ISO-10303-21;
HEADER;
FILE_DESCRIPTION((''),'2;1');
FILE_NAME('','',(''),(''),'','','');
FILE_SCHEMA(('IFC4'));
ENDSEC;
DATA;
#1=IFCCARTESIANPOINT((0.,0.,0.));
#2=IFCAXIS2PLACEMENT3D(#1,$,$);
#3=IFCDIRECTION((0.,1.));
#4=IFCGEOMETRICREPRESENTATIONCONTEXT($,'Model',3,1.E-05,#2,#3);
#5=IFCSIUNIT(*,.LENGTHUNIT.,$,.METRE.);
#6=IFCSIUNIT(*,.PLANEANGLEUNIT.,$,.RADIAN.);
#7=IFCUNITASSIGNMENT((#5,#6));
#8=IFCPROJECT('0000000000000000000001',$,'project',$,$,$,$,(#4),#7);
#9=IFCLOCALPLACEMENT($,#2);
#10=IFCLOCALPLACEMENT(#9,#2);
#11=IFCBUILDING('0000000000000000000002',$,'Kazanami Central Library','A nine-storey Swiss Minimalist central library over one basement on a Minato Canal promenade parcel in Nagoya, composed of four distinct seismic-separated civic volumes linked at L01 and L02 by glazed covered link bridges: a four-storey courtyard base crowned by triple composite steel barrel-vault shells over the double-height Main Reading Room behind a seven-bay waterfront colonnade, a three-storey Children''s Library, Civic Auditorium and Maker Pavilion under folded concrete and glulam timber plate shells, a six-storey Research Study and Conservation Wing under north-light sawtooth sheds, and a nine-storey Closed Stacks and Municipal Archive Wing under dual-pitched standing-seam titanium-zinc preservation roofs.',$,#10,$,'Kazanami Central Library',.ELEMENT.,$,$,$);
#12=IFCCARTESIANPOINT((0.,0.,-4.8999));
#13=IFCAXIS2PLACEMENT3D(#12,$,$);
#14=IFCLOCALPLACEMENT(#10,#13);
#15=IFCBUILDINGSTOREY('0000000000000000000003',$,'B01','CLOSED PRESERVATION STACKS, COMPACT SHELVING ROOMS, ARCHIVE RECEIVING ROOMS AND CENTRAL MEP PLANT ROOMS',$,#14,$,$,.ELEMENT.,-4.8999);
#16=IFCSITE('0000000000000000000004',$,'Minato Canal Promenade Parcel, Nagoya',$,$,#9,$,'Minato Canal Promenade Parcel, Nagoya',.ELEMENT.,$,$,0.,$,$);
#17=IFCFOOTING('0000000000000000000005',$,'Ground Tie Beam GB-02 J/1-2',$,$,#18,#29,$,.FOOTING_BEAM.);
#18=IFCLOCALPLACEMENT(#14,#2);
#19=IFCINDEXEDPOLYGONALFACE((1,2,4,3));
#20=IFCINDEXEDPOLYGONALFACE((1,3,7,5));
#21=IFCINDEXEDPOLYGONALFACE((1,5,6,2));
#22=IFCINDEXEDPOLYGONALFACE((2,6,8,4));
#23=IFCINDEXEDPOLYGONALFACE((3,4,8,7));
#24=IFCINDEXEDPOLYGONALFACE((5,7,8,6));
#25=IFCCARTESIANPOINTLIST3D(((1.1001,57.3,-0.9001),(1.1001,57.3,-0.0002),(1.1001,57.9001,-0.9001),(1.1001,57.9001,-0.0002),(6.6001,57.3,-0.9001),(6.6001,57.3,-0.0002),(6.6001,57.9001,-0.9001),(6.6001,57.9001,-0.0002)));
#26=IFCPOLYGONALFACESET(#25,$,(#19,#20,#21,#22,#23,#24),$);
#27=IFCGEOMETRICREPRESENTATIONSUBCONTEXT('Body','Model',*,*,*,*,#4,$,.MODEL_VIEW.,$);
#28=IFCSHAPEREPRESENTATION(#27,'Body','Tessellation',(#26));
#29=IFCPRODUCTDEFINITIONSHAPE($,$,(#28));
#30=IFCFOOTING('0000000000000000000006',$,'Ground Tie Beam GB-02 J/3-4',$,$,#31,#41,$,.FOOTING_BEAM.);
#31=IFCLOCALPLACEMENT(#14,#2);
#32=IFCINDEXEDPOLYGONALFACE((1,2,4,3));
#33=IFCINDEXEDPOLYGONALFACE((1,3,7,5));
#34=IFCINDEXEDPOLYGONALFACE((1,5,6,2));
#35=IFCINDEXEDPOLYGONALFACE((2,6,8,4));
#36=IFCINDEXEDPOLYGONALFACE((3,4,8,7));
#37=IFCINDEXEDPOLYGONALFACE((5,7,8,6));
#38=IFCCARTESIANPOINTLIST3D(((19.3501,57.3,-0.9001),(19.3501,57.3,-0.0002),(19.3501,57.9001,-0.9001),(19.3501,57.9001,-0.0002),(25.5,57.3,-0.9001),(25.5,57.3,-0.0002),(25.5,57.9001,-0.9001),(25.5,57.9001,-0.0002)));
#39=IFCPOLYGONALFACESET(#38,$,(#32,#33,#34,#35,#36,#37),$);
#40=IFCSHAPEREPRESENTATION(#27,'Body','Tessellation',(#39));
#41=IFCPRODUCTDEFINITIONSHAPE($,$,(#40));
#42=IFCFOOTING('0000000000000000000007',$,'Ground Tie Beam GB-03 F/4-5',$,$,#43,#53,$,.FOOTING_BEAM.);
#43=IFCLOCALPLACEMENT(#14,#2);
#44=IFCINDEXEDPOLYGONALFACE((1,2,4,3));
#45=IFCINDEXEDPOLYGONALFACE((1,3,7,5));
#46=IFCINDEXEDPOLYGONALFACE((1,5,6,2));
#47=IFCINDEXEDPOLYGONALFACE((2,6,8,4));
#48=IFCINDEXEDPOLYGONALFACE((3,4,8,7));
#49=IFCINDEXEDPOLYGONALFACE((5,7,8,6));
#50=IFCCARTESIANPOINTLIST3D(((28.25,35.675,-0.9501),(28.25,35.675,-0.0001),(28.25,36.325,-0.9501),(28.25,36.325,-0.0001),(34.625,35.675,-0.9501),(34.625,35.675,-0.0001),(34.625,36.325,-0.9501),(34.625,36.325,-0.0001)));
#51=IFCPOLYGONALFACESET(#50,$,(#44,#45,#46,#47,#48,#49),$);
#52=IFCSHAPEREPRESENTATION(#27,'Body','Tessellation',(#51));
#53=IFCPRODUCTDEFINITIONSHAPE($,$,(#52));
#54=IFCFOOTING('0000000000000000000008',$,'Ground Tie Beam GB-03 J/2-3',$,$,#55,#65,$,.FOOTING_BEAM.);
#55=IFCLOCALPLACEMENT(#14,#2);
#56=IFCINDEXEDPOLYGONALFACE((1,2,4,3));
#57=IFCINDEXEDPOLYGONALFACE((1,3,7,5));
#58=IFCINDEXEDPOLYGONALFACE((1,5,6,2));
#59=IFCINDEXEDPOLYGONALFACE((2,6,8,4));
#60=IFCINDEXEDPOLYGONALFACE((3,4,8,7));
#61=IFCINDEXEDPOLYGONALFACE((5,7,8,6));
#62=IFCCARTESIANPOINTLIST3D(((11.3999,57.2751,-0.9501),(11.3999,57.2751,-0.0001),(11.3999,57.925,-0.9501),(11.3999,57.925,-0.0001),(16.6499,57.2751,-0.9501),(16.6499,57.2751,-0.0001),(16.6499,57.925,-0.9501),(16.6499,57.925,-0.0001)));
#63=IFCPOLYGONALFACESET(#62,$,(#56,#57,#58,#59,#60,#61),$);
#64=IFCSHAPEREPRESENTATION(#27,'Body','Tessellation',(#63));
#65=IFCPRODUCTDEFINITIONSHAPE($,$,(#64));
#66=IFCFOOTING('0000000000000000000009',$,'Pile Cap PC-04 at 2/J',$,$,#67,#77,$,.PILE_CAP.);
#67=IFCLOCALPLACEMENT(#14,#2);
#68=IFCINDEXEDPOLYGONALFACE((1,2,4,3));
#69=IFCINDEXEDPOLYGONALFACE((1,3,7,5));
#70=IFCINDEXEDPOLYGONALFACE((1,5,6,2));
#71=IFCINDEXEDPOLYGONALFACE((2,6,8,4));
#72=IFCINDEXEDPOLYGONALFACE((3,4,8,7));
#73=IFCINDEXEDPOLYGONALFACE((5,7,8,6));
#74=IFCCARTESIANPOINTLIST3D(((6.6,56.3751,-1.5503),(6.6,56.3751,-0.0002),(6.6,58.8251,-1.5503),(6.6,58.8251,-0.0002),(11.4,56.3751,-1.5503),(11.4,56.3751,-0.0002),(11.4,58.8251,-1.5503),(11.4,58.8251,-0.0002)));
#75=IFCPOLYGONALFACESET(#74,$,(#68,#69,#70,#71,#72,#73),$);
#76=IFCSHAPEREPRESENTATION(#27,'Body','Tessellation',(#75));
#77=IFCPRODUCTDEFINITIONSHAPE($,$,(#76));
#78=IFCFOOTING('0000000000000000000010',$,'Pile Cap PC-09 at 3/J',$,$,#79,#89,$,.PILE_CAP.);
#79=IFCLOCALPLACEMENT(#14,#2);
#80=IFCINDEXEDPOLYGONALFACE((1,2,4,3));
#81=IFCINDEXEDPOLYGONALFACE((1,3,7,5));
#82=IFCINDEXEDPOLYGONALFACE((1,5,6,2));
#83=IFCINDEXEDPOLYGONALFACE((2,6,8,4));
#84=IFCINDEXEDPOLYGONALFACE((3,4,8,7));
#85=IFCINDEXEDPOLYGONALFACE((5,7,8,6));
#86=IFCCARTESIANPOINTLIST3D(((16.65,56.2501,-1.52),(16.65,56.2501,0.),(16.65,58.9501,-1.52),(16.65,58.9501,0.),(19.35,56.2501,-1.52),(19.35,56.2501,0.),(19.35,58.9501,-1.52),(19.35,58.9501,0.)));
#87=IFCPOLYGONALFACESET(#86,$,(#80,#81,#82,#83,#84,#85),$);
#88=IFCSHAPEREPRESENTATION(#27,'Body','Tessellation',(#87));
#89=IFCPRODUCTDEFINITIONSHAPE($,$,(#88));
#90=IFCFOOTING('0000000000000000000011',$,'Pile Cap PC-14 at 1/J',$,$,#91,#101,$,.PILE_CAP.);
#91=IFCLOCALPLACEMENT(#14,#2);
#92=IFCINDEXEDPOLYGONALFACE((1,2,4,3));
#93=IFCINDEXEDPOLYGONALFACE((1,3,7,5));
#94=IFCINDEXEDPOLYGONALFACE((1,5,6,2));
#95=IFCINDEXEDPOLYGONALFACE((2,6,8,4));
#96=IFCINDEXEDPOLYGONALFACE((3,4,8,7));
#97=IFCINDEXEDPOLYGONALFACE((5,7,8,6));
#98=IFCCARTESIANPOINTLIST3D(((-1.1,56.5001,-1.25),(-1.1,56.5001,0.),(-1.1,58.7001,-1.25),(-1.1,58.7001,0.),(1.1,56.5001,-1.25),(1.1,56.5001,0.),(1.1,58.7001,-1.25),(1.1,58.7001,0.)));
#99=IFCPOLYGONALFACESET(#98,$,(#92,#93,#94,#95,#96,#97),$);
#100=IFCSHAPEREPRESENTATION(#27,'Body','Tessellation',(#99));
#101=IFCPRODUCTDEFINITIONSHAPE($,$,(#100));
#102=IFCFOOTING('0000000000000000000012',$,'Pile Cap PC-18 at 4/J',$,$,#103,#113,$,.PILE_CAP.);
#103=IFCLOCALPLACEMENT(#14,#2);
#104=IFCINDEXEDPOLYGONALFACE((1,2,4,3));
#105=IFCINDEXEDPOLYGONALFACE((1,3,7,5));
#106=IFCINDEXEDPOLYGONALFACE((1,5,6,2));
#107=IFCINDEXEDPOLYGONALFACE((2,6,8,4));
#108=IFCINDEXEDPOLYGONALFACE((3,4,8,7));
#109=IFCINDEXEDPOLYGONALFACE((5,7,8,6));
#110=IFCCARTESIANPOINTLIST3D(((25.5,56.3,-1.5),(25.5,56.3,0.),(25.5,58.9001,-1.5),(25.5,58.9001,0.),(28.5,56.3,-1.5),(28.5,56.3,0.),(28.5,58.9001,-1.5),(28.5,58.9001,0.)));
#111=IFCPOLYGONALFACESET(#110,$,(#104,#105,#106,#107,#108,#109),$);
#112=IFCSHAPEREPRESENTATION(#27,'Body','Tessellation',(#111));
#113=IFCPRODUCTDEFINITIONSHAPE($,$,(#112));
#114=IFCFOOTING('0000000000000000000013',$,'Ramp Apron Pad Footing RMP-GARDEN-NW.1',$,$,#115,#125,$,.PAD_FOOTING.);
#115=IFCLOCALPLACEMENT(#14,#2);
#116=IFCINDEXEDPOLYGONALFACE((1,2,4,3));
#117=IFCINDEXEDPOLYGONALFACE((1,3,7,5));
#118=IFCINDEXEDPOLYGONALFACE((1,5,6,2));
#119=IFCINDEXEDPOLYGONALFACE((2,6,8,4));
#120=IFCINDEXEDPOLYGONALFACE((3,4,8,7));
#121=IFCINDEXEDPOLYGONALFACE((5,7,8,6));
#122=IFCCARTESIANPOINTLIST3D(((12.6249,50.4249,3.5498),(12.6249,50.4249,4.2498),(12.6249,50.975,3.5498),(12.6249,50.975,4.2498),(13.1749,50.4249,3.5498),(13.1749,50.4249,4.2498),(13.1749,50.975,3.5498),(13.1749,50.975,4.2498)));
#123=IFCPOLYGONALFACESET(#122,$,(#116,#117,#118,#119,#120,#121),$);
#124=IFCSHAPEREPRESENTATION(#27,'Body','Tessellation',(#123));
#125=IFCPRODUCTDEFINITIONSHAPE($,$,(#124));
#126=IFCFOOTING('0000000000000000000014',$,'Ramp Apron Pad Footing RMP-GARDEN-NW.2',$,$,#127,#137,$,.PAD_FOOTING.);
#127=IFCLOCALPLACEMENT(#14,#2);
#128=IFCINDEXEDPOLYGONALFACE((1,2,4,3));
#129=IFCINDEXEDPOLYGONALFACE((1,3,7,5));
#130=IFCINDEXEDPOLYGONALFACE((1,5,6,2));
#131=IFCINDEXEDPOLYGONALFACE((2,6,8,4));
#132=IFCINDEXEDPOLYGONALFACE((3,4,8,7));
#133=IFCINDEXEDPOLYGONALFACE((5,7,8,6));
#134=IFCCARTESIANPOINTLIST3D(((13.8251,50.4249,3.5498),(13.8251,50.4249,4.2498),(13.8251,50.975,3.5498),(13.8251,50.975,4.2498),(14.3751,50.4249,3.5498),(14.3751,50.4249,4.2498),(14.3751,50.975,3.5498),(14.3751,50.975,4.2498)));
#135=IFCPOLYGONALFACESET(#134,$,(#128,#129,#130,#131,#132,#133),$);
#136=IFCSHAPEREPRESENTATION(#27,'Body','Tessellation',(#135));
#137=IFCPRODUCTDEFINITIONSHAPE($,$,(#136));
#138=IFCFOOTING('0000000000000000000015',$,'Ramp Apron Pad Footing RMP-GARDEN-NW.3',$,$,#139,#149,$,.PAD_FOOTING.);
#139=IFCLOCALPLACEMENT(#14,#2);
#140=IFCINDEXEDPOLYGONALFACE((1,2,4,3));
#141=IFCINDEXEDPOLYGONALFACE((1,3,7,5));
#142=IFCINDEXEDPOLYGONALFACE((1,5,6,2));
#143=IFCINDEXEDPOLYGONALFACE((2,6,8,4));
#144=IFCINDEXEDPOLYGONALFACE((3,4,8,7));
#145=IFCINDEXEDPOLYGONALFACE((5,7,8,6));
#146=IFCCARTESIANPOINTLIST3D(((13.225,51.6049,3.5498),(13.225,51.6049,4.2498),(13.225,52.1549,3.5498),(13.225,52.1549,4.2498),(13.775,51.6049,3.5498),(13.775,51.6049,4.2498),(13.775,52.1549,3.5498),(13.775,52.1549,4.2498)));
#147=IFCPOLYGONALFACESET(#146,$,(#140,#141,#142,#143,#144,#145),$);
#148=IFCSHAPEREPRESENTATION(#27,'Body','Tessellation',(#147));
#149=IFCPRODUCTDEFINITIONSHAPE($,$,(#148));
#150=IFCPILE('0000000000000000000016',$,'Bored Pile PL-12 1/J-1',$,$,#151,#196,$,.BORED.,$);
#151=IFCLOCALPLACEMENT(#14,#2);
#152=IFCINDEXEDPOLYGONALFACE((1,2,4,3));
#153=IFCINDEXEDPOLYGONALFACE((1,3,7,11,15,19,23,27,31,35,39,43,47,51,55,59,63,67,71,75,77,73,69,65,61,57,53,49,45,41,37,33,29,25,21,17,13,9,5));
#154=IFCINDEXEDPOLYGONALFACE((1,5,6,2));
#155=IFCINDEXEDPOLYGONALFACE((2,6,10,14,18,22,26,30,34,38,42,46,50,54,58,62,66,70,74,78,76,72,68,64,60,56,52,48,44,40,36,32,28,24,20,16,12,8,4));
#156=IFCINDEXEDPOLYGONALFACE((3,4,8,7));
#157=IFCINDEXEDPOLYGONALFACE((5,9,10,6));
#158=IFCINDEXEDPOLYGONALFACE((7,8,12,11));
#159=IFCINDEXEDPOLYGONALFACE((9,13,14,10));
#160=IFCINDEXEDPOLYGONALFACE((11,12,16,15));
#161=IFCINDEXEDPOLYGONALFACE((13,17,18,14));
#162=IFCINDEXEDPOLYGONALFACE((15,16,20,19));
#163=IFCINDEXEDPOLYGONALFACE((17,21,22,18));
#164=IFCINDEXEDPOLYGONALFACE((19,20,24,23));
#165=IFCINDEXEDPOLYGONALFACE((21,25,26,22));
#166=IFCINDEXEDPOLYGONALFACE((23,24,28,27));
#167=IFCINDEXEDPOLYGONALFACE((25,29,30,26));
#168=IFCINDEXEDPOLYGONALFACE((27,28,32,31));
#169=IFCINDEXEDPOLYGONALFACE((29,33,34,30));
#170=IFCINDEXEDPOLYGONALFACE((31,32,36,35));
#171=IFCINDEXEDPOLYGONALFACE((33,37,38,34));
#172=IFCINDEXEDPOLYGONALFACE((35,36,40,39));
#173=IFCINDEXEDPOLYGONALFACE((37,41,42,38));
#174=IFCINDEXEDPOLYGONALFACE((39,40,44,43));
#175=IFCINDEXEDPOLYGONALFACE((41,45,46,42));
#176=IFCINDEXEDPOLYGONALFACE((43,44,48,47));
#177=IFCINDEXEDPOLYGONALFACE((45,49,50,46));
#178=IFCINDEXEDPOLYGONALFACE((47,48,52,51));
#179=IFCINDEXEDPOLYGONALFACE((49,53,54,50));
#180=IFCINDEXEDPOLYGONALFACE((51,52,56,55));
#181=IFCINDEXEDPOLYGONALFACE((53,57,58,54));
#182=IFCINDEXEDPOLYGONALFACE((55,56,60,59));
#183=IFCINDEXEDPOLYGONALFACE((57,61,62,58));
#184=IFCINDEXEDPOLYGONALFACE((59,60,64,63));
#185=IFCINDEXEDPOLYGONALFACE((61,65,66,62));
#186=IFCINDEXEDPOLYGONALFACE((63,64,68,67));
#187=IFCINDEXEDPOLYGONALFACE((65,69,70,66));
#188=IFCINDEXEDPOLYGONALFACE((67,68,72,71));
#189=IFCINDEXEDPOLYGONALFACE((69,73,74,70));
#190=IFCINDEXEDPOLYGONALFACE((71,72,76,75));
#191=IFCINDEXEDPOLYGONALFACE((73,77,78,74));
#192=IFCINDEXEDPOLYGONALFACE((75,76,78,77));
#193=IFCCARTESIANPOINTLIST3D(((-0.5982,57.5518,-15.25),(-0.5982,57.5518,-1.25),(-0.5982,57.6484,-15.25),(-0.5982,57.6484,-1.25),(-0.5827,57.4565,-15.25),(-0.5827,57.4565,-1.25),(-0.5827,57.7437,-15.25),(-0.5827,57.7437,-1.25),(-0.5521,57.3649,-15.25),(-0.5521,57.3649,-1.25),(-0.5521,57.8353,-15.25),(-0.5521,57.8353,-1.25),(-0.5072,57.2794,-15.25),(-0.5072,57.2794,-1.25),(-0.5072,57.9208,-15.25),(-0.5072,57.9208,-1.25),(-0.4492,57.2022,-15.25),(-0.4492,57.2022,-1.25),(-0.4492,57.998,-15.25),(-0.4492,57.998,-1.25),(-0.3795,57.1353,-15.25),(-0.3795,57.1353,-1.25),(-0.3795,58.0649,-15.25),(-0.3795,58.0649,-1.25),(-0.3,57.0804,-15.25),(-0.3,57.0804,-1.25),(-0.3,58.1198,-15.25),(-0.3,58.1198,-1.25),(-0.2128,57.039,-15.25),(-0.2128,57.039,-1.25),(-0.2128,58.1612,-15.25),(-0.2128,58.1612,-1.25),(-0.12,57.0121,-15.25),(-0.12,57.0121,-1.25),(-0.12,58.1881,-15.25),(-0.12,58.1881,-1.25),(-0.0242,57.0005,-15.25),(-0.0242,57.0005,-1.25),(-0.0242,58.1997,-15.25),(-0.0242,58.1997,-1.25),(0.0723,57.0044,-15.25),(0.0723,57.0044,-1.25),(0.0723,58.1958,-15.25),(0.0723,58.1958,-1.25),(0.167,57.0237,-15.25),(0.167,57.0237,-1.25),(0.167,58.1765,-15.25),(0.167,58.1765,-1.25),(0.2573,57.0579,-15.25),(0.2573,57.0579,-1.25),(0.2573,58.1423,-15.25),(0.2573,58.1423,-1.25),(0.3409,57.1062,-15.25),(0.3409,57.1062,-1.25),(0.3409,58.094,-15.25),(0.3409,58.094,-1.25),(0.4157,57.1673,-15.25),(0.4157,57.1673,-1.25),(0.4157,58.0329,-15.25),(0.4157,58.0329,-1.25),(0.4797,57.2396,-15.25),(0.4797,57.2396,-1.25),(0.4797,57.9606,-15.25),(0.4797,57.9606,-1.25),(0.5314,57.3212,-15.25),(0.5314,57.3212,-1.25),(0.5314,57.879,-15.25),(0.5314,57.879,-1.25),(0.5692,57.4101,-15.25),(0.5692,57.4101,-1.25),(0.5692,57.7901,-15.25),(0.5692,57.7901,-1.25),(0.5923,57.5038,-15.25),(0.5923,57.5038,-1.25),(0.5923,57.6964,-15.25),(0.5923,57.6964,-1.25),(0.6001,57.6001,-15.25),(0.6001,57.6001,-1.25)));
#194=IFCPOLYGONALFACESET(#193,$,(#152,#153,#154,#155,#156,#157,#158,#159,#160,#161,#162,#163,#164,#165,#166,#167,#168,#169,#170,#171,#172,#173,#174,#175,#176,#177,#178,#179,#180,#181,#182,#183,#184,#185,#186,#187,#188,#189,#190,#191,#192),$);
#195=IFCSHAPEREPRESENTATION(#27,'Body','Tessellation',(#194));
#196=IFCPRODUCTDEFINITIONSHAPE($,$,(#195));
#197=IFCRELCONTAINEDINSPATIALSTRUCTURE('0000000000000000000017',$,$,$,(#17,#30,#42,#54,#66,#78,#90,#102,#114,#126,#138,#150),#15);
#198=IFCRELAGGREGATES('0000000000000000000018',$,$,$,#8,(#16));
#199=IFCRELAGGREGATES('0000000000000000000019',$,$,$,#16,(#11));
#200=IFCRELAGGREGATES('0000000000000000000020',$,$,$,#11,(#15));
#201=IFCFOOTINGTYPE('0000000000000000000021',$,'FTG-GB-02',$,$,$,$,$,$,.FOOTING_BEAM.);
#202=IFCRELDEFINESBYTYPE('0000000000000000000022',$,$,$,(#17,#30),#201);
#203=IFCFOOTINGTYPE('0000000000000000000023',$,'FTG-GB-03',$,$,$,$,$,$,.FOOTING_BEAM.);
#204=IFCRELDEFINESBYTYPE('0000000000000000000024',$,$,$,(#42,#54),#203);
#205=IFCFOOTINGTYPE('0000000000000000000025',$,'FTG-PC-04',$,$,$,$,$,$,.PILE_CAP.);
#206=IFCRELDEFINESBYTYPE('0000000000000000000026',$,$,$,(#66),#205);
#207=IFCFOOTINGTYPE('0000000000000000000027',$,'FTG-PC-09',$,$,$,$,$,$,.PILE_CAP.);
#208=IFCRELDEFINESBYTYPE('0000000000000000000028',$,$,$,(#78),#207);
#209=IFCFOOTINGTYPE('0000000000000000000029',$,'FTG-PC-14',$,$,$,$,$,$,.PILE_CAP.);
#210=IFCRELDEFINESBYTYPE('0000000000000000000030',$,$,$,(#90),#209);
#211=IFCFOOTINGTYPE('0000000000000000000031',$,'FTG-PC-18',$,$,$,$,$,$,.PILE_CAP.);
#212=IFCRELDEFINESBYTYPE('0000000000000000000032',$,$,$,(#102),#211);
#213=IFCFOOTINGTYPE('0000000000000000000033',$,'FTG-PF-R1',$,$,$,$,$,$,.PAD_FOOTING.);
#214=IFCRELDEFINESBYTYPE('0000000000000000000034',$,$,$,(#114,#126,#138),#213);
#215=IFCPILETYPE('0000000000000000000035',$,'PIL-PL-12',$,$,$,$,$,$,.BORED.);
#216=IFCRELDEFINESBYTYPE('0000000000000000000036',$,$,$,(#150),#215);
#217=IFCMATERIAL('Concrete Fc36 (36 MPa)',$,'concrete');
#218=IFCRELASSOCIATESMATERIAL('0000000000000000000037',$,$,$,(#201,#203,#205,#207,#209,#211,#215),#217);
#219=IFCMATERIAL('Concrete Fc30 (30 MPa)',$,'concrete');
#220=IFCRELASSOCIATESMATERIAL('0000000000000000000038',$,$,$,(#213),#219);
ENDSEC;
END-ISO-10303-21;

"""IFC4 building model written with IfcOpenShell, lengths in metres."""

from ifc_helpers import new_model, si_unit, direction, frame, origin, origin_2d, place, context, subcontext, project, spatial, rectangle, circle, extrude, material, material_profile, profile_set, type_object, element, save


model = new_model("IFC4")

# Units and contexts
model_context = context("Model", 3, precision=1e-05, world=origin(), true_north=direction((0.0, 1.0)))
body_context = subcontext(model_context, "Body", "Model", "MODEL_VIEW")
ifc_project = project(units=[si_unit("LENGTHUNIT", "METRE"), si_unit("PLANEANGLEUNIT", "RADIAN")], contexts=[model_context])

# Site, building, storey
site_placement = place(None, origin())
site = spatial("IfcSite", under=ifc_project, at=site_placement, Name="Minato Canal Promenade Parcel, Nagoya", LongName="Minato Canal Promenade Parcel, Nagoya", CompositionType="ELEMENT", RefElevation=0.0)
building_placement = place(site_placement, origin())
building = spatial("IfcBuilding", under=site, at=building_placement, Name="Kazanami Central Library", Description="A nine-storey Swiss Minimalist central library over one basement on a Minato Canal promenade parcel in Nagoya, composed of four distinct seismic-separated civic volumes linked at L01 and L02 by glazed covered link bridges: a four-storey courtyard base crowned by triple composite steel barrel-vault shells over the double-height Main Reading Room behind a seven-bay waterfront colonnade, a three-storey Children's Library, Civic Auditorium and Maker Pavilion under folded concrete and glulam timber plate shells, a six-storey Research Study and Conservation Wing under north-light sawtooth sheds, and a nine-storey Closed Stacks and Municipal Archive Wing under dual-pitched standing-seam titanium-zinc preservation roofs.", LongName="Kazanami Central Library", CompositionType="ELEMENT")
storey_placement = place(building_placement, frame((0.0, 0.0, -4.8999)))
storey = spatial("IfcBuildingStorey", under=building, at=storey_placement, Name="B01", Description="CLOSED PRESERVATION STACKS, COMPACT SHELVING ROOMS, ARCHIVE RECEIVING ROOMS AND CENTRAL MEP PLANT ROOMS", CompositionType="ELEMENT", Elevation=-4.8999)

# Footings
ifc_material_1 = material(Name="Concrete Fc36 (36 MPa)", Category="concrete")
ifc_material_profile_1 = material_profile(ifc_material_1, rectangle(XDim=0.6001, YDim=0.8999, at=origin_2d()), Name="RC-600x900")
ifc_profile_set_1 = profile_set([ifc_material_profile_1], Name="Concrete Fc36 (36 MPa)")
footing_type_1 = type_object("IfcFootingType", Name="FTG-GB-02", PredefinedType="FOOTING_BEAM", material=ifc_profile_set_1)
footing_1_placement = place(storey_placement, frame((1.1001, 57.6001, -0.4502), z_axis=(1.0, 0.0, 0.0), x_axis=(0.0, 1.0, 0.0)))
element("IfcFooting", 1, at=footing_1_placement, inside=storey, type_object=footing_type_1, Name="Ground Tie Beam GB-02 J/1-2", PredefinedType="FOOTING_BEAM", context=body_context, shape_type="SweptSolid", body=[
    extrude(rectangle(XDim=0.6001, YDim=0.8999, at=origin_2d()), origin(), (0.0, 0.0, 1.0), 5.5),
])
footing_2_placement = place(storey_placement, frame((19.3501, 57.6001, -0.4502), z_axis=(1.0, 0.0, 0.0), x_axis=(0.0, 1.0, 0.0)))
element("IfcFooting", 2, at=footing_2_placement, inside=storey, type_object=footing_type_1, Name="Ground Tie Beam GB-02 J/3-4", PredefinedType="FOOTING_BEAM", context=body_context, shape_type="SweptSolid", body=[
    extrude(rectangle(XDim=0.6001, YDim=0.8999, at=origin_2d()), origin(), (0.0, 0.0, 1.0), 6.1499),
])
ifc_material_profile_2 = material_profile(ifc_material_1, rectangle(XDim=0.6499, YDim=0.95, at=origin_2d()), Name="RC-650x950")
ifc_profile_set_2 = profile_set([ifc_material_profile_2], Name="Concrete Fc36 (36 MPa)")
footing_type_2 = type_object("IfcFootingType", Name="FTG-GB-03", PredefinedType="FOOTING_BEAM", material=ifc_profile_set_2)
footing_3_placement = place(storey_placement, frame((28.25, 36.0, -0.4751), z_axis=(1.0, 0.0, 0.0), x_axis=(0.0, 1.0, 0.0)))
element("IfcFooting", 3, at=footing_3_placement, inside=storey, type_object=footing_type_2, Name="Ground Tie Beam GB-03 F/4-5", PredefinedType="FOOTING_BEAM", context=body_context, shape_type="SweptSolid", body=[
    extrude(rectangle(XDim=0.6499, YDim=0.95, at=origin_2d()), origin(), (0.0, 0.0, 1.0), 6.375),
])
footing_4_placement = place(storey_placement, frame((11.3999, 57.6001, -0.4751), z_axis=(1.0, 0.0, 0.0), x_axis=(0.0, 1.0, 0.0)))
element("IfcFooting", 4, at=footing_4_placement, inside=storey, type_object=footing_type_2, Name="Ground Tie Beam GB-03 J/2-3", PredefinedType="FOOTING_BEAM", context=body_context, shape_type="SweptSolid", body=[
    extrude(rectangle(XDim=0.6499, YDim=0.95, at=origin_2d()), origin(), (0.0, 0.0, 1.0), 5.25),
])
footing_type_3 = type_object("IfcFootingType", Name="FTG-PC-04", PredefinedType="PILE_CAP", material=ifc_material_1)
footing_5_placement = place(storey_placement, frame((9.0, 57.6001, -1.5503), z_axis=(0.0, 0.0, 1.0), x_axis=(1.0, 0.0, 0.0)))
element("IfcFooting", 5, at=footing_5_placement, inside=storey, type_object=footing_type_3, Name="Pile Cap PC-04 at 2/J", PredefinedType="PILE_CAP", context=body_context, shape_type="SweptSolid", body=[
    extrude(rectangle(XDim=4.8, YDim=2.45, at=origin_2d()), origin(), (0.0, 0.0, 1.0), 1.55),
])
footing_type_4 = type_object("IfcFootingType", Name="FTG-PC-09", PredefinedType="PILE_CAP", material=ifc_material_1)
footing_6_placement = place(storey_placement, frame((18.0, 57.6001, -1.52), z_axis=(0.0, 0.0, 1.0), x_axis=(1.0, 0.0, 0.0)))
element("IfcFooting", 6, at=footing_6_placement, inside=storey, type_object=footing_type_4, Name="Pile Cap PC-09 at 3/J", PredefinedType="PILE_CAP", context=body_context, shape_type="SweptSolid", body=[
    extrude(rectangle(XDim=2.7, YDim=2.7, at=origin_2d()), origin(), (0.0, 0.0, 1.0), 1.52),
])
footing_type_5 = type_object("IfcFootingType", Name="FTG-PC-14", PredefinedType="PILE_CAP", material=ifc_material_1)
footing_7_placement = place(storey_placement, frame((0.0, 57.6001, -1.25), z_axis=(0.0, 0.0, 1.0), x_axis=(1.0, 0.0, 0.0)))
element("IfcFooting", 7, at=footing_7_placement, inside=storey, type_object=footing_type_5, Name="Pile Cap PC-14 at 1/J", PredefinedType="PILE_CAP", context=body_context, shape_type="SweptSolid", body=[
    extrude(rectangle(XDim=2.2, YDim=2.2, at=origin_2d()), origin(), (0.0, 0.0, 1.0), 1.25),
])
footing_type_6 = type_object("IfcFootingType", Name="FTG-PC-18", PredefinedType="PILE_CAP", material=ifc_material_1)
footing_8_placement = place(storey_placement, frame((27.0, 57.6001, -1.5), z_axis=(0.0, 0.0, 1.0), x_axis=(1.0, 0.0, 0.0)))
element("IfcFooting", 8, at=footing_8_placement, inside=storey, type_object=footing_type_6, Name="Pile Cap PC-18 at 4/J", PredefinedType="PILE_CAP", context=body_context, shape_type="SweptSolid", body=[
    extrude(rectangle(XDim=3.0, YDim=2.6001, at=origin_2d()), origin(), (0.0, 0.0, 1.0), 1.5),
])
ifc_material_2 = material(Name="Concrete Fc30 (30 MPa)", Category="concrete")
footing_type_7 = type_object("IfcFootingType", Name="FTG-PF-R1", PredefinedType="PAD_FOOTING", material=ifc_material_2)
for number, where, z_axis, x_axis, name in (
    (9, (12.8999, 50.7, 3.5498), (0.0, 0.0, 1.0), (1.0, 0.0, 0.0), "Ramp Apron Pad Footing RMP-GARDEN-NW.1"),
    (10, (14.1001, 50.7, 3.5498), (0.0, 0.0, 1.0), (1.0, 0.0, 0.0), "Ramp Apron Pad Footing RMP-GARDEN-NW.2"),
    (11, (13.5, 51.8799, 3.5498), (0.0, 0.0, 1.0), (1.0, 0.0, 0.0), "Ramp Apron Pad Footing RMP-GARDEN-NW.3"),
):
    element("IfcFooting", number, at=place(storey_placement, frame(where, z_axis=z_axis, x_axis=x_axis)), inside=storey, type_object=footing_type_7, Name=name, PredefinedType="PAD_FOOTING", context=body_context, shape_type="SweptSolid", body=[
        extrude(rectangle(XDim=0.55, YDim=0.55, at=origin_2d()), origin(), (0.0, 0.0, 1.0), 0.7),
    ])

# Pile
ifc_material_profile_3 = material_profile(ifc_material_1, circle(Radius=0.6001, at=origin_2d()), Name="BORED-D1200")
ifc_profile_set_3 = profile_set([ifc_material_profile_3], Name="Concrete Fc36 (36 MPa)")
pile_type_1 = type_object("IfcPileType", Name="PIL-PL-12", PredefinedType="BORED", material=ifc_profile_set_3)
pile_1_placement = place(storey_placement, frame((0.0, 57.6001, -1.25), z_axis=(0.0, 0.0, -1.0), x_axis=(1.0, 0.0, 0.0)))
element("IfcPile", 12, at=pile_1_placement, inside=storey, type_object=pile_type_1, Name="Bored Pile PL-12 1/J-1", PredefinedType="BORED", context=body_context, shape_type="SweptSolid", body=[
    extrude(circle(Radius=0.6001, at=origin_2d()), origin(), (0.0, 0.0, 1.0), 14.0),
])

save(model, "model.ifc")
